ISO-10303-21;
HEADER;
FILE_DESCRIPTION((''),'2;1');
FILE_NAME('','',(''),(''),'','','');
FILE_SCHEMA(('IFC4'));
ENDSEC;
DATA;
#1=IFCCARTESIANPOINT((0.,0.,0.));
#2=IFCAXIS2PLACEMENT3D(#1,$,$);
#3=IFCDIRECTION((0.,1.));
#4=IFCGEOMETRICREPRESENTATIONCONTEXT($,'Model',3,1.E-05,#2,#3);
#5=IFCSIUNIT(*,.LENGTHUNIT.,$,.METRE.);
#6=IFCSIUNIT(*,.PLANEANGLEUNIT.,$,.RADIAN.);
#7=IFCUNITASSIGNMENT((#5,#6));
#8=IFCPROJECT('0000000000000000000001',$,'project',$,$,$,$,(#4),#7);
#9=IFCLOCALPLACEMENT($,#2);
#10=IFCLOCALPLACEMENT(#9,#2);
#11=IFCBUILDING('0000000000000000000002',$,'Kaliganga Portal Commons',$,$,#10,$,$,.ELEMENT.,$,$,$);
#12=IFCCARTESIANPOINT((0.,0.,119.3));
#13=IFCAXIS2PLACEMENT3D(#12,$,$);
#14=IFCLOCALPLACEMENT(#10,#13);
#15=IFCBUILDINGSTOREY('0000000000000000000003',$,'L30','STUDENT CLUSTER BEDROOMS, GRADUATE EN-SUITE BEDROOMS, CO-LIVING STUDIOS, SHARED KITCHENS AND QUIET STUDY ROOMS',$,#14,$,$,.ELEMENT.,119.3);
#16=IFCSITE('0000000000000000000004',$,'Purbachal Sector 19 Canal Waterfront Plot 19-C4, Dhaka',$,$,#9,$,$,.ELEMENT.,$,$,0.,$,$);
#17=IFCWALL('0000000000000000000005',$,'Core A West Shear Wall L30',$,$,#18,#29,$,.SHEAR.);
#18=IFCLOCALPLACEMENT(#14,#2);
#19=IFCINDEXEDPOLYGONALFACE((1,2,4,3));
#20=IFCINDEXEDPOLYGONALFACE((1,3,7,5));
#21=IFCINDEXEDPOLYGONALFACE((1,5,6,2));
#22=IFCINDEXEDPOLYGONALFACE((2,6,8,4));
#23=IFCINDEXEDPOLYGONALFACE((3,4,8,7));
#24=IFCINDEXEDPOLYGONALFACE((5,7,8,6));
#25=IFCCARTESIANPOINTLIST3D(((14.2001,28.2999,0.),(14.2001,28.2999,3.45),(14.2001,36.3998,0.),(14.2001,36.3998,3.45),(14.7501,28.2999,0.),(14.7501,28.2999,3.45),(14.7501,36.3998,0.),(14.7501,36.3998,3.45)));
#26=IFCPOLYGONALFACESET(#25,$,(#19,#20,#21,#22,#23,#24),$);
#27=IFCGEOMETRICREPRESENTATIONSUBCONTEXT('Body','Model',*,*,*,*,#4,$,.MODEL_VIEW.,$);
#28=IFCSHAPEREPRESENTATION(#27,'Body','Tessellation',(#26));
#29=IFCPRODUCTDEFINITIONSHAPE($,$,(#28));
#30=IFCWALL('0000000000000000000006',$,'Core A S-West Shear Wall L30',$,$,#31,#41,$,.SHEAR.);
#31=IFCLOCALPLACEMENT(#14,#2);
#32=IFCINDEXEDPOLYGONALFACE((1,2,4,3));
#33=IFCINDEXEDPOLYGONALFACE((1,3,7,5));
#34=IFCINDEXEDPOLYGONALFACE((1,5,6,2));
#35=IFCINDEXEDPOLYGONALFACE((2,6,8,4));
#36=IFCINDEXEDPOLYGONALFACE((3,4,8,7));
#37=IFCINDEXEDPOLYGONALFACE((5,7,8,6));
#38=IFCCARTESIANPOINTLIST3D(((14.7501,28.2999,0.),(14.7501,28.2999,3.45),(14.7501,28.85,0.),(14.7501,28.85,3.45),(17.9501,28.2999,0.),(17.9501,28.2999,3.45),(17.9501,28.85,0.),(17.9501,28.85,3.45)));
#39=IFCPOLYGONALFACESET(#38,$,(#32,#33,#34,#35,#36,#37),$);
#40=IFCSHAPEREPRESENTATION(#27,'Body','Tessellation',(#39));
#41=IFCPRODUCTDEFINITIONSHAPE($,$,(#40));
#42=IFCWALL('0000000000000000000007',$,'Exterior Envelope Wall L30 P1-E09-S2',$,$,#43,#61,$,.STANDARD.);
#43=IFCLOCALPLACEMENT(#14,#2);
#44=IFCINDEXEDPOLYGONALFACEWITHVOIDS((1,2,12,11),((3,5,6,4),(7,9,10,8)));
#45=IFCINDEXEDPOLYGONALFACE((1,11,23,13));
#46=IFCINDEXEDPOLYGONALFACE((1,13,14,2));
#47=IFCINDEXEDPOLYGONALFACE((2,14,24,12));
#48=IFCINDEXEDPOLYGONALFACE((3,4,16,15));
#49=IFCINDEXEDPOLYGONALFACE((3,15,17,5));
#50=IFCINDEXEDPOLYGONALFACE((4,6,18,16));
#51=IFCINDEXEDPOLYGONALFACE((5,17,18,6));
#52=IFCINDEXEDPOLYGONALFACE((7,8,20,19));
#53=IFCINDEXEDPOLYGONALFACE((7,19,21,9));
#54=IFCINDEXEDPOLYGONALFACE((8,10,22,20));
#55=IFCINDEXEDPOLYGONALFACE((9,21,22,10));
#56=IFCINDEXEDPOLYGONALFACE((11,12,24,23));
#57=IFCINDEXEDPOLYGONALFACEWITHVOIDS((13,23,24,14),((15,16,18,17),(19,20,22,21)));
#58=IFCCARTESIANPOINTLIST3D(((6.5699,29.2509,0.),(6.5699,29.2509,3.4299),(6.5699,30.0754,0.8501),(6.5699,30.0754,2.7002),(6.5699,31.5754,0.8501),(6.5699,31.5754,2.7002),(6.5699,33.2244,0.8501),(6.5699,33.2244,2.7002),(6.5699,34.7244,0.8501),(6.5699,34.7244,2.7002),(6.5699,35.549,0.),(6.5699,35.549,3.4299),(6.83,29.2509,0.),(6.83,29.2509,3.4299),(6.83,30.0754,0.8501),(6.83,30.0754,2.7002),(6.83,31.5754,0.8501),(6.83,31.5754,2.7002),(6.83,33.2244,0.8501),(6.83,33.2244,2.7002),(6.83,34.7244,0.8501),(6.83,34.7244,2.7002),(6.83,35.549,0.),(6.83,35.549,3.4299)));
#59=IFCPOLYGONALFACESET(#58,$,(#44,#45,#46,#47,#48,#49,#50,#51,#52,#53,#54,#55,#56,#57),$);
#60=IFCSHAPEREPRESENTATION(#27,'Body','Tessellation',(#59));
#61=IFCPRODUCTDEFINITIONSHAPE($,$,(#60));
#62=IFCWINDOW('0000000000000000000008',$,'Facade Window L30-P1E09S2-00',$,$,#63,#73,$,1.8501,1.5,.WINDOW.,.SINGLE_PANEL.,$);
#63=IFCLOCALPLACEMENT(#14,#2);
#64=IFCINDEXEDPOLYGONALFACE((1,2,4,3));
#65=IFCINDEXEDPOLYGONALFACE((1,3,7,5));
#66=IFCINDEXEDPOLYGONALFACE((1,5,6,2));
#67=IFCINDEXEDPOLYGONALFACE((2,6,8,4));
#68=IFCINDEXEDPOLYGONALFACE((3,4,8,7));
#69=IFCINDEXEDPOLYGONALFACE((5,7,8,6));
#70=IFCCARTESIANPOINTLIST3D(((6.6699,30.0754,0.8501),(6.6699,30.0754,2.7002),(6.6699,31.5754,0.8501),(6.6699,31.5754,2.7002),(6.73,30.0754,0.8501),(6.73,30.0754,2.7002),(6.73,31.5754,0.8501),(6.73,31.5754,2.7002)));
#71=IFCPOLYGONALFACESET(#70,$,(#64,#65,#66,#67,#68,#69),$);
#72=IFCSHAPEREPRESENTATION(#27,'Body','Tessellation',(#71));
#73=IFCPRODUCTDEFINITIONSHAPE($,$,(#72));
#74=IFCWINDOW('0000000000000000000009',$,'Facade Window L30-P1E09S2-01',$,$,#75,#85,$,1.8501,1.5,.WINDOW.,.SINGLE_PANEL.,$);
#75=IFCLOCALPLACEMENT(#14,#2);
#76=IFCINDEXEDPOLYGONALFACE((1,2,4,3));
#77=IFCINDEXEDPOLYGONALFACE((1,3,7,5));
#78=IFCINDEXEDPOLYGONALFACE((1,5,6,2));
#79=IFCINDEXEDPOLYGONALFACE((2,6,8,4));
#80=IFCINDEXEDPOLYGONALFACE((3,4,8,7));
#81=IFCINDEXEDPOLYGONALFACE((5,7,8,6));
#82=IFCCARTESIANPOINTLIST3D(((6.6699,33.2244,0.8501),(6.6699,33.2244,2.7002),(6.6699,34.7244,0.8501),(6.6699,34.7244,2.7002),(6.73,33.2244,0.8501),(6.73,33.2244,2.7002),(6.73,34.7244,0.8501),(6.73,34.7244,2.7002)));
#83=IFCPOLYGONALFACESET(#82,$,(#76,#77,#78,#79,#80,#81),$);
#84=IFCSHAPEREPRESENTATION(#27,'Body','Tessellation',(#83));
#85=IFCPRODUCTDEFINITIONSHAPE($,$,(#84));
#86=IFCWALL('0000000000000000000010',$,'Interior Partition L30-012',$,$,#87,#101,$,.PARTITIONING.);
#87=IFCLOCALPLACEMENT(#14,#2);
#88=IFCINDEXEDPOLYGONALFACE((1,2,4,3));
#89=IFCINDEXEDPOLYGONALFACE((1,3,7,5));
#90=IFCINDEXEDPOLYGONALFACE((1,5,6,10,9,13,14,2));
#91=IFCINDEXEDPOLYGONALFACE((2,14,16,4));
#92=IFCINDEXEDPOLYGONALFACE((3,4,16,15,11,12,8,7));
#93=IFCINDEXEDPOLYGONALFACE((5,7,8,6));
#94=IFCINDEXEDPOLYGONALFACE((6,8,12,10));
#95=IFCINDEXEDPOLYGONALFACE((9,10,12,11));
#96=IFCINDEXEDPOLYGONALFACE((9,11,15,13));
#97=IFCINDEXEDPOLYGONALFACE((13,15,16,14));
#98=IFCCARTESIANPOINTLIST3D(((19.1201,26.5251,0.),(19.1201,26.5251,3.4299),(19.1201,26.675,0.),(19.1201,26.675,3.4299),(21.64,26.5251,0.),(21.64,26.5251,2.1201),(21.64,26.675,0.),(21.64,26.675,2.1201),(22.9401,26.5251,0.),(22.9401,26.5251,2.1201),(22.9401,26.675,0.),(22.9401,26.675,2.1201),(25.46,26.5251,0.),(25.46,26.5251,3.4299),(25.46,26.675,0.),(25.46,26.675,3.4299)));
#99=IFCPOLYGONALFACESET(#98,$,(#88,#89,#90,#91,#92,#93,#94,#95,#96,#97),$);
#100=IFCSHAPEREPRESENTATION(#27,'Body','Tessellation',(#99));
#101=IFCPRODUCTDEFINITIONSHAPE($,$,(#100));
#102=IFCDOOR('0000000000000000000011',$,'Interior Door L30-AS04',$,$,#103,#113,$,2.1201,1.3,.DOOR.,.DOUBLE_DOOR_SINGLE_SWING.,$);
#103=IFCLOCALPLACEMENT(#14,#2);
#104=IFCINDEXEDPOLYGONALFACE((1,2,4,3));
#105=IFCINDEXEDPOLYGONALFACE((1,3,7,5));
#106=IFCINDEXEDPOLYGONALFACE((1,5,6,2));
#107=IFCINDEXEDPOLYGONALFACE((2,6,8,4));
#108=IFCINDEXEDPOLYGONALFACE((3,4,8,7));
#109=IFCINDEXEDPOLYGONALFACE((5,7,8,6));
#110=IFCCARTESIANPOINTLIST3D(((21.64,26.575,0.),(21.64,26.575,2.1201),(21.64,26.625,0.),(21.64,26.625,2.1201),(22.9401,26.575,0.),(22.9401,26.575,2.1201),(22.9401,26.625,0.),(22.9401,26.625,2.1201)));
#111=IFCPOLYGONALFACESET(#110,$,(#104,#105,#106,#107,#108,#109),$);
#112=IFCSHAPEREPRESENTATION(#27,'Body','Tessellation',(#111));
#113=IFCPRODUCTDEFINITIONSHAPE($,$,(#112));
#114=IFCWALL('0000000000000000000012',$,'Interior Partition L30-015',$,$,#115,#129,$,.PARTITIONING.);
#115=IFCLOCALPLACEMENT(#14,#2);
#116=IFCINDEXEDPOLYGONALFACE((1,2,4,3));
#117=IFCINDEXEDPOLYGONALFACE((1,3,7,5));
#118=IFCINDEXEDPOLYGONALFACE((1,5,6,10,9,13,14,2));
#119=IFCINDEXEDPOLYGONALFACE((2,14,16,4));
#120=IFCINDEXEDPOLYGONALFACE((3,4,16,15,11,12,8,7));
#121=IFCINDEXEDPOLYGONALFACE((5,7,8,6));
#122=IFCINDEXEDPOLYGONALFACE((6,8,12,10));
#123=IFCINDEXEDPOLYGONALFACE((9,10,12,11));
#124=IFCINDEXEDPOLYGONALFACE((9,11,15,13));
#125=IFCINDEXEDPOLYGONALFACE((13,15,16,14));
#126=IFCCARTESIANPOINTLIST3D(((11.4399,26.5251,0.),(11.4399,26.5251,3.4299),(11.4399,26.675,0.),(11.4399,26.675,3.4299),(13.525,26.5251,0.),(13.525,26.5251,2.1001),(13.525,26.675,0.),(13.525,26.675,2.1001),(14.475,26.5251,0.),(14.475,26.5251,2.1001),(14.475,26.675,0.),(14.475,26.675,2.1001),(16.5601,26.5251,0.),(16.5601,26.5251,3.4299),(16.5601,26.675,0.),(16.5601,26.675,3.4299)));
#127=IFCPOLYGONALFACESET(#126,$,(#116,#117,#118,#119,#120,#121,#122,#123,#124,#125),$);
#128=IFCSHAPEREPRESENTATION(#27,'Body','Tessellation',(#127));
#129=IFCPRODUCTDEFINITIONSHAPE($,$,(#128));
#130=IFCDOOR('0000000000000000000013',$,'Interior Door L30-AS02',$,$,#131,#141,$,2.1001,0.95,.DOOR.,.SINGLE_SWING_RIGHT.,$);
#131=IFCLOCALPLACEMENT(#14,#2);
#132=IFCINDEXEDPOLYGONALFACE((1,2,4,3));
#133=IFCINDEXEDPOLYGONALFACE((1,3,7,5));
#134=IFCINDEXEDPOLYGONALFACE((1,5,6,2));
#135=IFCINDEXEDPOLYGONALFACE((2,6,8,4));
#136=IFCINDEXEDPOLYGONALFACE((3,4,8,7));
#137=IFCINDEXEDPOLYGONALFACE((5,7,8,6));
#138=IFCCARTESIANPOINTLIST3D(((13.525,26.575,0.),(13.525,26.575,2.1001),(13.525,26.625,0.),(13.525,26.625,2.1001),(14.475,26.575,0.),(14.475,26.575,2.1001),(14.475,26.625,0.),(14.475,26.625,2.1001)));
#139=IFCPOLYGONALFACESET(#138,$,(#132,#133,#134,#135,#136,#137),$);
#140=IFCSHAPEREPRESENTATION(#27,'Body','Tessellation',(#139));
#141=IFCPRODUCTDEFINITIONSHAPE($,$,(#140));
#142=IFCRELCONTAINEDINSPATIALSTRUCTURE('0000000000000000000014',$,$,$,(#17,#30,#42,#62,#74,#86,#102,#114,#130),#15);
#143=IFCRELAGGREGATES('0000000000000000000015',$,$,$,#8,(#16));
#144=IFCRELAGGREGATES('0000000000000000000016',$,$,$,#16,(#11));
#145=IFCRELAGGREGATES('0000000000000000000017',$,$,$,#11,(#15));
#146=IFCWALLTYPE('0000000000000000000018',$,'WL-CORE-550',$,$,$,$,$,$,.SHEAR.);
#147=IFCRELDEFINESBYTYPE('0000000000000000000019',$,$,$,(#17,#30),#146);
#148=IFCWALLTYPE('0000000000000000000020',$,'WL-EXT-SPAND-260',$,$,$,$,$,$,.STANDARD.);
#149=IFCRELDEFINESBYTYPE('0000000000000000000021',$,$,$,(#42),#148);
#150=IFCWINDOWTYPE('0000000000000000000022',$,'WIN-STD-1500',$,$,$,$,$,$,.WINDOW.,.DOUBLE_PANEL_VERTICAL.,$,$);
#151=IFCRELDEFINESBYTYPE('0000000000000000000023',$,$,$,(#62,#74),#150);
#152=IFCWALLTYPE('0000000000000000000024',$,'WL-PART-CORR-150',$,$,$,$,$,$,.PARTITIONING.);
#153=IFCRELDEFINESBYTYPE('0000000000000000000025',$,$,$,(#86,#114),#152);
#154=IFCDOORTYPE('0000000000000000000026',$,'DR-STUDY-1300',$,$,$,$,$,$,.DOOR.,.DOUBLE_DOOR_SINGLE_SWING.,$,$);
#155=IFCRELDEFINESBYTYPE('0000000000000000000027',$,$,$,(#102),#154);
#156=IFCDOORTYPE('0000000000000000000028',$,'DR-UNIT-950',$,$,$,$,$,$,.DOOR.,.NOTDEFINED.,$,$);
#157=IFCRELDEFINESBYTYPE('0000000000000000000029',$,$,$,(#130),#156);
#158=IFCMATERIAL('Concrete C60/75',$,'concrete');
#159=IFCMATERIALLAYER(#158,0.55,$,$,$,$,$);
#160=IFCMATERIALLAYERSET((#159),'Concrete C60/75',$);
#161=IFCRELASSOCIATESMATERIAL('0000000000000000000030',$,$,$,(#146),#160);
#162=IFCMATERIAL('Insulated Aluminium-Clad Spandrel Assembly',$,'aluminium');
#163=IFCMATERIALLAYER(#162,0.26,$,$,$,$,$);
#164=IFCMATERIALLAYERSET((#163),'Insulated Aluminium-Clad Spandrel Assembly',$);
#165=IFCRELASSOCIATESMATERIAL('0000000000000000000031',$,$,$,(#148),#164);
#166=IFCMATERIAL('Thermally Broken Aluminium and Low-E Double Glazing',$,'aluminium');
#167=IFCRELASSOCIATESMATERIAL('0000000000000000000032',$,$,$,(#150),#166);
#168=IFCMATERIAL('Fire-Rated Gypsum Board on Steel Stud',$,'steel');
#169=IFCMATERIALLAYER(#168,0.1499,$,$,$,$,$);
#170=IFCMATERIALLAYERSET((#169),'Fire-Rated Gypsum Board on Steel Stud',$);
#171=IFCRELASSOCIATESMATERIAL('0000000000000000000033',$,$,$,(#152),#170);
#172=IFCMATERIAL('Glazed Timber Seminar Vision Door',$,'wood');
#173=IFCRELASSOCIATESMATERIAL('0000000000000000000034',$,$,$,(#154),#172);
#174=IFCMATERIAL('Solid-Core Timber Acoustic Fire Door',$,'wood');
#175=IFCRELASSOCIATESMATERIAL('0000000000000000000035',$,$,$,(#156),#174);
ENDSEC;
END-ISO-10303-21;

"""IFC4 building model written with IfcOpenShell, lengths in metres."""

from ifc_helpers import new_model, si_unit, direction, frame, frame_2d, origin, place, context, subcontext, project, spatial, rectangle, extrude, material, layer, layer_set, type_object, element, fill, save


model = new_model("IFC4")

# Units and contexts
model_context = context("Model", 3, precision=1e-05, world=origin(), true_north=direction((0.0, 1.0)))
body_context = subcontext(model_context, "Body", "Model", "MODEL_VIEW")
ifc_project = project(units=[si_unit("LENGTHUNIT", "METRE"), si_unit("PLANEANGLEUNIT", "RADIAN")], contexts=[model_context])

# Site, building, storey
site_placement = place(None, origin())
site = spatial("IfcSite", under=ifc_project, at=site_placement, Name="Purbachal Sector 19 Canal Waterfront Plot 19-C4, Dhaka", CompositionType="ELEMENT", RefElevation=0.0)
building_placement = place(site_placement, origin())
building = spatial("IfcBuilding", under=site, at=building_placement, Name="Kaliganga Portal Commons", CompositionType="ELEMENT")
storey_placement = place(building_placement, frame((0.0, 0.0, 119.3)))
storey = spatial("IfcBuildingStorey", under=building, at=storey_placement, Name="L30", Description="STUDENT CLUSTER BEDROOMS, GRADUATE EN-SUITE BEDROOMS, CO-LIVING STUDIOS, SHARED KITCHENS AND QUIET STUDY ROOMS", CompositionType="ELEMENT", Elevation=119.3)

# Shared definitions
ifc_material_1 = material(Name="Concrete C60/75", Category="concrete")

# Walls
ifc_layer_1 = layer(ifc_material_1, 0.55)
ifc_layer_set_1 = layer_set([ifc_layer_1], Name="Concrete C60/75")
wall_type_1 = type_object("IfcWallType", Name="WL-CORE-550", PredefinedType="SHEAR", material=ifc_layer_set_1)
wall_1_placement = place(storey_placement, frame((14.4751, 28.3, 0.0), z_axis=(0.0, 0.0, 1.0), x_axis=(0.0, 1.0, 0.0)))
element("IfcWall", 1, at=wall_1_placement, inside=storey, type_object=wall_type_1, Name="Core A West Shear Wall L30", PredefinedType="SHEAR", context=body_context, shape_type="SweptSolid", body=[
    extrude(rectangle(XDim=8.0999, YDim=0.55, at=frame_2d((4.0498, 0.0))), origin(), (0.0, 0.0, 1.0), 3.45),
])
wall_2_placement = place(storey_placement, frame((14.75, 28.575, 0.0), z_axis=(0.0, 0.0, 1.0), x_axis=(1.0, 0.0, 0.0)))
element("IfcWall", 2, at=wall_2_placement, inside=storey, type_object=wall_type_1, Name="Core A S-West Shear Wall L30", PredefinedType="SHEAR", context=body_context, shape_type="SweptSolid", body=[
    extrude(rectangle(XDim=3.2, YDim=0.55, at=frame_2d((1.6001, 0.0))), origin(), (0.0, 0.0, 1.0), 3.45),
])

# Wall, openings, windows
ifc_material_2 = material(Name="Insulated Aluminium-Clad Spandrel Assembly", Category="aluminium")
ifc_layer_2 = layer(ifc_material_2, 0.26)
ifc_layer_set_2 = layer_set([ifc_layer_2], Name="Insulated Aluminium-Clad Spandrel Assembly")
wall_type_2 = type_object("IfcWallType", Name="WL-EXT-SPAND-260", PredefinedType="STANDARD", material=ifc_layer_set_2)
wall_3_placement = place(storey_placement, frame((6.7, 29.251, 0.0), z_axis=(0.0, 0.0, 1.0), x_axis=(0.0, 1.0, 0.0)))
wall_3 = element("IfcWall", 3, at=wall_3_placement, inside=storey, type_object=wall_type_2, Name="Exterior Envelope Wall L30 P1-E09-S2", PredefinedType="STANDARD", context=body_context, shape_type="SweptSolid", body=[
    extrude(rectangle(XDim=6.2981, YDim=0.26, at=frame_2d((3.1489, 0.0))), origin(), (0.0, 0.0, 1.0), 3.4299),
])
opening_1_placement = place(wall_3_placement, frame((0.8245, 0.0, 0.8501)))
opening_1 = element("IfcOpeningElement", 4, at=opening_1_placement, cuts=wall_3, PredefinedType="OPENING", context=body_context, shape_type="SweptSolid", body=[
    extrude(rectangle(XDim=1.5, YDim=1.8501, at=frame_2d((0.75, 0.925))), frame((0.0, 0.1401, 0.0), z_axis=(0.0, -1.0, 0.0), x_axis=(1.0, 0.0, 0.0)), (0.0, 0.0, 1.0), 0.28),
])
opening_2_placement = place(wall_3_placement, frame((3.9734, 0.0, 0.8501)))
opening_2 = element("IfcOpeningElement", 5, at=opening_2_placement, cuts=wall_3, PredefinedType="OPENING", context=body_context, shape_type="SweptSolid", body=[
    extrude(rectangle(XDim=1.5, YDim=1.8501, at=frame_2d((0.75, 0.925))), frame((0.0, 0.1401, 0.0), z_axis=(0.0, -1.0, 0.0), x_axis=(1.0, 0.0, 0.0)), (0.0, 0.0, 1.0), 0.28),
])
ifc_material_3 = material(Name="Thermally Broken Aluminium and Low-E Double Glazing", Category="aluminium")
window_type = type_object("IfcWindowType", Name="WIN-STD-1500", PartitioningType="DOUBLE_PANEL_VERTICAL", PredefinedType="WINDOW", material=ifc_material_3)
window_1_placement = place(opening_1_placement, origin())
window_1 = element("IfcWindow", 6, at=window_1_placement, inside=storey, type_object=window_type, Name="Facade Window L30-P1E09S2-00", OverallHeight=1.8501, OverallWidth=1.5, PartitioningType="SINGLE_PANEL", PredefinedType="WINDOW", context=body_context, shape_type="SweptSolid", body=[
    extrude(rectangle(XDim=1.5, YDim=1.8501, at=frame_2d((0.75, 0.925))), frame((0.0, 0.03, 0.0), z_axis=(0.0, -1.0, 0.0), x_axis=(1.0, 0.0, 0.0)), (0.0, 0.0, 1.0), 0.0601),
])
fill(opening_1, window_1)
window_2_placement = place(opening_2_placement, origin())
window_2 = element("IfcWindow", 7, at=window_2_placement, inside=storey, type_object=window_type, Name="Facade Window L30-P1E09S2-01", OverallHeight=1.8501, OverallWidth=1.5, PartitioningType="SINGLE_PANEL", PredefinedType="WINDOW", context=body_context, shape_type="SweptSolid", body=[
    extrude(rectangle(XDim=1.5, YDim=1.8501, at=frame_2d((0.75, 0.925))), frame((0.0, 0.03, 0.0), z_axis=(0.0, -1.0, 0.0), x_axis=(1.0, 0.0, 0.0)), (0.0, 0.0, 1.0), 0.0601),
])
fill(opening_2, window_2)

# Walls, openings, doors
ifc_material_4 = material(Name="Fire-Rated Gypsum Board on Steel Stud", Category="steel")
ifc_layer_3 = layer(ifc_material_4, 0.1499)
ifc_layer_set_3 = layer_set([ifc_layer_3], Name="Fire-Rated Gypsum Board on Steel Stud")
wall_type_3 = type_object("IfcWallType", Name="WL-PART-CORR-150", PredefinedType="PARTITIONING", material=ifc_layer_set_3)
wall_4_placement = place(storey_placement, frame((19.1201, 26.6001, 0.0), z_axis=(0.0, 0.0, 1.0), x_axis=(1.0, 0.0, 0.0)))
wall_4 = element("IfcWall", 8, at=wall_4_placement, inside=storey, type_object=wall_type_3, Name="Interior Partition L30-012", PredefinedType="PARTITIONING", context=body_context, shape_type="SweptSolid", body=[
    extrude(rectangle(XDim=6.3398, YDim=0.1499, at=frame_2d((3.1699, 0.0))), origin(), (0.0, 0.0, 1.0), 3.4299),
])
opening_3_placement = place(wall_4_placement, frame((2.52, 0.0, 0.0)))
opening_3 = element("IfcOpeningElement", 9, at=opening_3_placement, cuts=wall_4, PredefinedType="OPENING", context=body_context, shape_type="SweptSolid", body=[
    extrude(rectangle(XDim=1.3, YDim=2.1201, at=frame_2d((0.6499, 1.0601))), frame((0.0, 0.085, 0.0), z_axis=(0.0, -1.0, 0.0), x_axis=(1.0, 0.0, 0.0)), (0.0, 0.0, 1.0), 0.1699),
])
ifc_material_5 = material(Name="Glazed Timber Seminar Vision Door", Category="wood")
door_type_1 = type_object("IfcDoorType", Name="DR-STUDY-1300", OperationType="DOUBLE_DOOR_SINGLE_SWING", PredefinedType="DOOR", material=ifc_material_5)
door_1_placement = place(opening_3_placement, origin())
door_1 = element("IfcDoor", 10, at=door_1_placement, inside=storey, type_object=door_type_1, Name="Interior Door L30-AS04", OperationType="DOUBLE_DOOR_SINGLE_SWING", OverallHeight=2.1201, OverallWidth=1.3, PredefinedType="DOOR", context=body_context, shape_type="SweptSolid", body=[
    extrude(rectangle(XDim=1.3, YDim=2.1201, at=frame_2d((0.6499, 1.0601))), frame((0.0, 0.0249, 0.0), z_axis=(0.0, -1.0, 0.0), x_axis=(1.0, 0.0, 0.0)), (0.0, 0.0, 1.0), 0.05),
])
fill(opening_3, door_1)
wall_5_placement = place(storey_placement, frame((11.4399, 26.6001, 0.0), z_axis=(0.0, 0.0, 1.0), x_axis=(1.0, 0.0, 0.0)))
wall_5 = element("IfcWall", 11, at=wall_5_placement, inside=storey, type_object=wall_type_3, Name="Interior Partition L30-015", PredefinedType="PARTITIONING", context=body_context, shape_type="SweptSolid", body=[
    extrude(rectangle(XDim=5.1201, YDim=0.1499, at=frame_2d((2.5601, 0.0))), origin(), (0.0, 0.0, 1.0), 3.4299),
])
opening_4_placement = place(wall_5_placement, frame((2.085, 0.0, 0.0)))
opening_4 = element("IfcOpeningElement", 12, at=opening_4_placement, cuts=wall_5, PredefinedType="OPENING", context=body_context, shape_type="SweptSolid", body=[
    extrude(rectangle(XDim=0.95, YDim=2.1001, at=frame_2d((0.4751, 1.05))), frame((0.0, 0.085, 0.0), z_axis=(0.0, -1.0, 0.0), x_axis=(1.0, 0.0, 0.0)), (0.0, 0.0, 1.0), 0.1699),
])
ifc_material_6 = material(Name="Solid-Core Timber Acoustic Fire Door", Category="wood")
door_type_2 = type_object("IfcDoorType", Name="DR-UNIT-950", OperationType="NOTDEFINED", PredefinedType="DOOR", material=ifc_material_6)
door_2_placement = place(opening_4_placement, origin())
door_2 = element("IfcDoor", 13, at=door_2_placement, inside=storey, type_object=door_type_2, Name="Interior Door L30-AS02", OperationType="SINGLE_SWING_RIGHT", OverallHeight=2.1001, OverallWidth=0.95, PredefinedType="DOOR", context=body_context, shape_type="SweptSolid", body=[
    extrude(rectangle(XDim=0.95, YDim=2.1001, at=frame_2d((0.4751, 1.05))), frame((0.0, 0.0249, 0.0), z_axis=(0.0, -1.0, 0.0), x_axis=(1.0, 0.0, 0.0)), (0.0, 0.0, 1.0), 0.05),
])
fill(opening_4, door_2)

save(model, "model.ifc")
